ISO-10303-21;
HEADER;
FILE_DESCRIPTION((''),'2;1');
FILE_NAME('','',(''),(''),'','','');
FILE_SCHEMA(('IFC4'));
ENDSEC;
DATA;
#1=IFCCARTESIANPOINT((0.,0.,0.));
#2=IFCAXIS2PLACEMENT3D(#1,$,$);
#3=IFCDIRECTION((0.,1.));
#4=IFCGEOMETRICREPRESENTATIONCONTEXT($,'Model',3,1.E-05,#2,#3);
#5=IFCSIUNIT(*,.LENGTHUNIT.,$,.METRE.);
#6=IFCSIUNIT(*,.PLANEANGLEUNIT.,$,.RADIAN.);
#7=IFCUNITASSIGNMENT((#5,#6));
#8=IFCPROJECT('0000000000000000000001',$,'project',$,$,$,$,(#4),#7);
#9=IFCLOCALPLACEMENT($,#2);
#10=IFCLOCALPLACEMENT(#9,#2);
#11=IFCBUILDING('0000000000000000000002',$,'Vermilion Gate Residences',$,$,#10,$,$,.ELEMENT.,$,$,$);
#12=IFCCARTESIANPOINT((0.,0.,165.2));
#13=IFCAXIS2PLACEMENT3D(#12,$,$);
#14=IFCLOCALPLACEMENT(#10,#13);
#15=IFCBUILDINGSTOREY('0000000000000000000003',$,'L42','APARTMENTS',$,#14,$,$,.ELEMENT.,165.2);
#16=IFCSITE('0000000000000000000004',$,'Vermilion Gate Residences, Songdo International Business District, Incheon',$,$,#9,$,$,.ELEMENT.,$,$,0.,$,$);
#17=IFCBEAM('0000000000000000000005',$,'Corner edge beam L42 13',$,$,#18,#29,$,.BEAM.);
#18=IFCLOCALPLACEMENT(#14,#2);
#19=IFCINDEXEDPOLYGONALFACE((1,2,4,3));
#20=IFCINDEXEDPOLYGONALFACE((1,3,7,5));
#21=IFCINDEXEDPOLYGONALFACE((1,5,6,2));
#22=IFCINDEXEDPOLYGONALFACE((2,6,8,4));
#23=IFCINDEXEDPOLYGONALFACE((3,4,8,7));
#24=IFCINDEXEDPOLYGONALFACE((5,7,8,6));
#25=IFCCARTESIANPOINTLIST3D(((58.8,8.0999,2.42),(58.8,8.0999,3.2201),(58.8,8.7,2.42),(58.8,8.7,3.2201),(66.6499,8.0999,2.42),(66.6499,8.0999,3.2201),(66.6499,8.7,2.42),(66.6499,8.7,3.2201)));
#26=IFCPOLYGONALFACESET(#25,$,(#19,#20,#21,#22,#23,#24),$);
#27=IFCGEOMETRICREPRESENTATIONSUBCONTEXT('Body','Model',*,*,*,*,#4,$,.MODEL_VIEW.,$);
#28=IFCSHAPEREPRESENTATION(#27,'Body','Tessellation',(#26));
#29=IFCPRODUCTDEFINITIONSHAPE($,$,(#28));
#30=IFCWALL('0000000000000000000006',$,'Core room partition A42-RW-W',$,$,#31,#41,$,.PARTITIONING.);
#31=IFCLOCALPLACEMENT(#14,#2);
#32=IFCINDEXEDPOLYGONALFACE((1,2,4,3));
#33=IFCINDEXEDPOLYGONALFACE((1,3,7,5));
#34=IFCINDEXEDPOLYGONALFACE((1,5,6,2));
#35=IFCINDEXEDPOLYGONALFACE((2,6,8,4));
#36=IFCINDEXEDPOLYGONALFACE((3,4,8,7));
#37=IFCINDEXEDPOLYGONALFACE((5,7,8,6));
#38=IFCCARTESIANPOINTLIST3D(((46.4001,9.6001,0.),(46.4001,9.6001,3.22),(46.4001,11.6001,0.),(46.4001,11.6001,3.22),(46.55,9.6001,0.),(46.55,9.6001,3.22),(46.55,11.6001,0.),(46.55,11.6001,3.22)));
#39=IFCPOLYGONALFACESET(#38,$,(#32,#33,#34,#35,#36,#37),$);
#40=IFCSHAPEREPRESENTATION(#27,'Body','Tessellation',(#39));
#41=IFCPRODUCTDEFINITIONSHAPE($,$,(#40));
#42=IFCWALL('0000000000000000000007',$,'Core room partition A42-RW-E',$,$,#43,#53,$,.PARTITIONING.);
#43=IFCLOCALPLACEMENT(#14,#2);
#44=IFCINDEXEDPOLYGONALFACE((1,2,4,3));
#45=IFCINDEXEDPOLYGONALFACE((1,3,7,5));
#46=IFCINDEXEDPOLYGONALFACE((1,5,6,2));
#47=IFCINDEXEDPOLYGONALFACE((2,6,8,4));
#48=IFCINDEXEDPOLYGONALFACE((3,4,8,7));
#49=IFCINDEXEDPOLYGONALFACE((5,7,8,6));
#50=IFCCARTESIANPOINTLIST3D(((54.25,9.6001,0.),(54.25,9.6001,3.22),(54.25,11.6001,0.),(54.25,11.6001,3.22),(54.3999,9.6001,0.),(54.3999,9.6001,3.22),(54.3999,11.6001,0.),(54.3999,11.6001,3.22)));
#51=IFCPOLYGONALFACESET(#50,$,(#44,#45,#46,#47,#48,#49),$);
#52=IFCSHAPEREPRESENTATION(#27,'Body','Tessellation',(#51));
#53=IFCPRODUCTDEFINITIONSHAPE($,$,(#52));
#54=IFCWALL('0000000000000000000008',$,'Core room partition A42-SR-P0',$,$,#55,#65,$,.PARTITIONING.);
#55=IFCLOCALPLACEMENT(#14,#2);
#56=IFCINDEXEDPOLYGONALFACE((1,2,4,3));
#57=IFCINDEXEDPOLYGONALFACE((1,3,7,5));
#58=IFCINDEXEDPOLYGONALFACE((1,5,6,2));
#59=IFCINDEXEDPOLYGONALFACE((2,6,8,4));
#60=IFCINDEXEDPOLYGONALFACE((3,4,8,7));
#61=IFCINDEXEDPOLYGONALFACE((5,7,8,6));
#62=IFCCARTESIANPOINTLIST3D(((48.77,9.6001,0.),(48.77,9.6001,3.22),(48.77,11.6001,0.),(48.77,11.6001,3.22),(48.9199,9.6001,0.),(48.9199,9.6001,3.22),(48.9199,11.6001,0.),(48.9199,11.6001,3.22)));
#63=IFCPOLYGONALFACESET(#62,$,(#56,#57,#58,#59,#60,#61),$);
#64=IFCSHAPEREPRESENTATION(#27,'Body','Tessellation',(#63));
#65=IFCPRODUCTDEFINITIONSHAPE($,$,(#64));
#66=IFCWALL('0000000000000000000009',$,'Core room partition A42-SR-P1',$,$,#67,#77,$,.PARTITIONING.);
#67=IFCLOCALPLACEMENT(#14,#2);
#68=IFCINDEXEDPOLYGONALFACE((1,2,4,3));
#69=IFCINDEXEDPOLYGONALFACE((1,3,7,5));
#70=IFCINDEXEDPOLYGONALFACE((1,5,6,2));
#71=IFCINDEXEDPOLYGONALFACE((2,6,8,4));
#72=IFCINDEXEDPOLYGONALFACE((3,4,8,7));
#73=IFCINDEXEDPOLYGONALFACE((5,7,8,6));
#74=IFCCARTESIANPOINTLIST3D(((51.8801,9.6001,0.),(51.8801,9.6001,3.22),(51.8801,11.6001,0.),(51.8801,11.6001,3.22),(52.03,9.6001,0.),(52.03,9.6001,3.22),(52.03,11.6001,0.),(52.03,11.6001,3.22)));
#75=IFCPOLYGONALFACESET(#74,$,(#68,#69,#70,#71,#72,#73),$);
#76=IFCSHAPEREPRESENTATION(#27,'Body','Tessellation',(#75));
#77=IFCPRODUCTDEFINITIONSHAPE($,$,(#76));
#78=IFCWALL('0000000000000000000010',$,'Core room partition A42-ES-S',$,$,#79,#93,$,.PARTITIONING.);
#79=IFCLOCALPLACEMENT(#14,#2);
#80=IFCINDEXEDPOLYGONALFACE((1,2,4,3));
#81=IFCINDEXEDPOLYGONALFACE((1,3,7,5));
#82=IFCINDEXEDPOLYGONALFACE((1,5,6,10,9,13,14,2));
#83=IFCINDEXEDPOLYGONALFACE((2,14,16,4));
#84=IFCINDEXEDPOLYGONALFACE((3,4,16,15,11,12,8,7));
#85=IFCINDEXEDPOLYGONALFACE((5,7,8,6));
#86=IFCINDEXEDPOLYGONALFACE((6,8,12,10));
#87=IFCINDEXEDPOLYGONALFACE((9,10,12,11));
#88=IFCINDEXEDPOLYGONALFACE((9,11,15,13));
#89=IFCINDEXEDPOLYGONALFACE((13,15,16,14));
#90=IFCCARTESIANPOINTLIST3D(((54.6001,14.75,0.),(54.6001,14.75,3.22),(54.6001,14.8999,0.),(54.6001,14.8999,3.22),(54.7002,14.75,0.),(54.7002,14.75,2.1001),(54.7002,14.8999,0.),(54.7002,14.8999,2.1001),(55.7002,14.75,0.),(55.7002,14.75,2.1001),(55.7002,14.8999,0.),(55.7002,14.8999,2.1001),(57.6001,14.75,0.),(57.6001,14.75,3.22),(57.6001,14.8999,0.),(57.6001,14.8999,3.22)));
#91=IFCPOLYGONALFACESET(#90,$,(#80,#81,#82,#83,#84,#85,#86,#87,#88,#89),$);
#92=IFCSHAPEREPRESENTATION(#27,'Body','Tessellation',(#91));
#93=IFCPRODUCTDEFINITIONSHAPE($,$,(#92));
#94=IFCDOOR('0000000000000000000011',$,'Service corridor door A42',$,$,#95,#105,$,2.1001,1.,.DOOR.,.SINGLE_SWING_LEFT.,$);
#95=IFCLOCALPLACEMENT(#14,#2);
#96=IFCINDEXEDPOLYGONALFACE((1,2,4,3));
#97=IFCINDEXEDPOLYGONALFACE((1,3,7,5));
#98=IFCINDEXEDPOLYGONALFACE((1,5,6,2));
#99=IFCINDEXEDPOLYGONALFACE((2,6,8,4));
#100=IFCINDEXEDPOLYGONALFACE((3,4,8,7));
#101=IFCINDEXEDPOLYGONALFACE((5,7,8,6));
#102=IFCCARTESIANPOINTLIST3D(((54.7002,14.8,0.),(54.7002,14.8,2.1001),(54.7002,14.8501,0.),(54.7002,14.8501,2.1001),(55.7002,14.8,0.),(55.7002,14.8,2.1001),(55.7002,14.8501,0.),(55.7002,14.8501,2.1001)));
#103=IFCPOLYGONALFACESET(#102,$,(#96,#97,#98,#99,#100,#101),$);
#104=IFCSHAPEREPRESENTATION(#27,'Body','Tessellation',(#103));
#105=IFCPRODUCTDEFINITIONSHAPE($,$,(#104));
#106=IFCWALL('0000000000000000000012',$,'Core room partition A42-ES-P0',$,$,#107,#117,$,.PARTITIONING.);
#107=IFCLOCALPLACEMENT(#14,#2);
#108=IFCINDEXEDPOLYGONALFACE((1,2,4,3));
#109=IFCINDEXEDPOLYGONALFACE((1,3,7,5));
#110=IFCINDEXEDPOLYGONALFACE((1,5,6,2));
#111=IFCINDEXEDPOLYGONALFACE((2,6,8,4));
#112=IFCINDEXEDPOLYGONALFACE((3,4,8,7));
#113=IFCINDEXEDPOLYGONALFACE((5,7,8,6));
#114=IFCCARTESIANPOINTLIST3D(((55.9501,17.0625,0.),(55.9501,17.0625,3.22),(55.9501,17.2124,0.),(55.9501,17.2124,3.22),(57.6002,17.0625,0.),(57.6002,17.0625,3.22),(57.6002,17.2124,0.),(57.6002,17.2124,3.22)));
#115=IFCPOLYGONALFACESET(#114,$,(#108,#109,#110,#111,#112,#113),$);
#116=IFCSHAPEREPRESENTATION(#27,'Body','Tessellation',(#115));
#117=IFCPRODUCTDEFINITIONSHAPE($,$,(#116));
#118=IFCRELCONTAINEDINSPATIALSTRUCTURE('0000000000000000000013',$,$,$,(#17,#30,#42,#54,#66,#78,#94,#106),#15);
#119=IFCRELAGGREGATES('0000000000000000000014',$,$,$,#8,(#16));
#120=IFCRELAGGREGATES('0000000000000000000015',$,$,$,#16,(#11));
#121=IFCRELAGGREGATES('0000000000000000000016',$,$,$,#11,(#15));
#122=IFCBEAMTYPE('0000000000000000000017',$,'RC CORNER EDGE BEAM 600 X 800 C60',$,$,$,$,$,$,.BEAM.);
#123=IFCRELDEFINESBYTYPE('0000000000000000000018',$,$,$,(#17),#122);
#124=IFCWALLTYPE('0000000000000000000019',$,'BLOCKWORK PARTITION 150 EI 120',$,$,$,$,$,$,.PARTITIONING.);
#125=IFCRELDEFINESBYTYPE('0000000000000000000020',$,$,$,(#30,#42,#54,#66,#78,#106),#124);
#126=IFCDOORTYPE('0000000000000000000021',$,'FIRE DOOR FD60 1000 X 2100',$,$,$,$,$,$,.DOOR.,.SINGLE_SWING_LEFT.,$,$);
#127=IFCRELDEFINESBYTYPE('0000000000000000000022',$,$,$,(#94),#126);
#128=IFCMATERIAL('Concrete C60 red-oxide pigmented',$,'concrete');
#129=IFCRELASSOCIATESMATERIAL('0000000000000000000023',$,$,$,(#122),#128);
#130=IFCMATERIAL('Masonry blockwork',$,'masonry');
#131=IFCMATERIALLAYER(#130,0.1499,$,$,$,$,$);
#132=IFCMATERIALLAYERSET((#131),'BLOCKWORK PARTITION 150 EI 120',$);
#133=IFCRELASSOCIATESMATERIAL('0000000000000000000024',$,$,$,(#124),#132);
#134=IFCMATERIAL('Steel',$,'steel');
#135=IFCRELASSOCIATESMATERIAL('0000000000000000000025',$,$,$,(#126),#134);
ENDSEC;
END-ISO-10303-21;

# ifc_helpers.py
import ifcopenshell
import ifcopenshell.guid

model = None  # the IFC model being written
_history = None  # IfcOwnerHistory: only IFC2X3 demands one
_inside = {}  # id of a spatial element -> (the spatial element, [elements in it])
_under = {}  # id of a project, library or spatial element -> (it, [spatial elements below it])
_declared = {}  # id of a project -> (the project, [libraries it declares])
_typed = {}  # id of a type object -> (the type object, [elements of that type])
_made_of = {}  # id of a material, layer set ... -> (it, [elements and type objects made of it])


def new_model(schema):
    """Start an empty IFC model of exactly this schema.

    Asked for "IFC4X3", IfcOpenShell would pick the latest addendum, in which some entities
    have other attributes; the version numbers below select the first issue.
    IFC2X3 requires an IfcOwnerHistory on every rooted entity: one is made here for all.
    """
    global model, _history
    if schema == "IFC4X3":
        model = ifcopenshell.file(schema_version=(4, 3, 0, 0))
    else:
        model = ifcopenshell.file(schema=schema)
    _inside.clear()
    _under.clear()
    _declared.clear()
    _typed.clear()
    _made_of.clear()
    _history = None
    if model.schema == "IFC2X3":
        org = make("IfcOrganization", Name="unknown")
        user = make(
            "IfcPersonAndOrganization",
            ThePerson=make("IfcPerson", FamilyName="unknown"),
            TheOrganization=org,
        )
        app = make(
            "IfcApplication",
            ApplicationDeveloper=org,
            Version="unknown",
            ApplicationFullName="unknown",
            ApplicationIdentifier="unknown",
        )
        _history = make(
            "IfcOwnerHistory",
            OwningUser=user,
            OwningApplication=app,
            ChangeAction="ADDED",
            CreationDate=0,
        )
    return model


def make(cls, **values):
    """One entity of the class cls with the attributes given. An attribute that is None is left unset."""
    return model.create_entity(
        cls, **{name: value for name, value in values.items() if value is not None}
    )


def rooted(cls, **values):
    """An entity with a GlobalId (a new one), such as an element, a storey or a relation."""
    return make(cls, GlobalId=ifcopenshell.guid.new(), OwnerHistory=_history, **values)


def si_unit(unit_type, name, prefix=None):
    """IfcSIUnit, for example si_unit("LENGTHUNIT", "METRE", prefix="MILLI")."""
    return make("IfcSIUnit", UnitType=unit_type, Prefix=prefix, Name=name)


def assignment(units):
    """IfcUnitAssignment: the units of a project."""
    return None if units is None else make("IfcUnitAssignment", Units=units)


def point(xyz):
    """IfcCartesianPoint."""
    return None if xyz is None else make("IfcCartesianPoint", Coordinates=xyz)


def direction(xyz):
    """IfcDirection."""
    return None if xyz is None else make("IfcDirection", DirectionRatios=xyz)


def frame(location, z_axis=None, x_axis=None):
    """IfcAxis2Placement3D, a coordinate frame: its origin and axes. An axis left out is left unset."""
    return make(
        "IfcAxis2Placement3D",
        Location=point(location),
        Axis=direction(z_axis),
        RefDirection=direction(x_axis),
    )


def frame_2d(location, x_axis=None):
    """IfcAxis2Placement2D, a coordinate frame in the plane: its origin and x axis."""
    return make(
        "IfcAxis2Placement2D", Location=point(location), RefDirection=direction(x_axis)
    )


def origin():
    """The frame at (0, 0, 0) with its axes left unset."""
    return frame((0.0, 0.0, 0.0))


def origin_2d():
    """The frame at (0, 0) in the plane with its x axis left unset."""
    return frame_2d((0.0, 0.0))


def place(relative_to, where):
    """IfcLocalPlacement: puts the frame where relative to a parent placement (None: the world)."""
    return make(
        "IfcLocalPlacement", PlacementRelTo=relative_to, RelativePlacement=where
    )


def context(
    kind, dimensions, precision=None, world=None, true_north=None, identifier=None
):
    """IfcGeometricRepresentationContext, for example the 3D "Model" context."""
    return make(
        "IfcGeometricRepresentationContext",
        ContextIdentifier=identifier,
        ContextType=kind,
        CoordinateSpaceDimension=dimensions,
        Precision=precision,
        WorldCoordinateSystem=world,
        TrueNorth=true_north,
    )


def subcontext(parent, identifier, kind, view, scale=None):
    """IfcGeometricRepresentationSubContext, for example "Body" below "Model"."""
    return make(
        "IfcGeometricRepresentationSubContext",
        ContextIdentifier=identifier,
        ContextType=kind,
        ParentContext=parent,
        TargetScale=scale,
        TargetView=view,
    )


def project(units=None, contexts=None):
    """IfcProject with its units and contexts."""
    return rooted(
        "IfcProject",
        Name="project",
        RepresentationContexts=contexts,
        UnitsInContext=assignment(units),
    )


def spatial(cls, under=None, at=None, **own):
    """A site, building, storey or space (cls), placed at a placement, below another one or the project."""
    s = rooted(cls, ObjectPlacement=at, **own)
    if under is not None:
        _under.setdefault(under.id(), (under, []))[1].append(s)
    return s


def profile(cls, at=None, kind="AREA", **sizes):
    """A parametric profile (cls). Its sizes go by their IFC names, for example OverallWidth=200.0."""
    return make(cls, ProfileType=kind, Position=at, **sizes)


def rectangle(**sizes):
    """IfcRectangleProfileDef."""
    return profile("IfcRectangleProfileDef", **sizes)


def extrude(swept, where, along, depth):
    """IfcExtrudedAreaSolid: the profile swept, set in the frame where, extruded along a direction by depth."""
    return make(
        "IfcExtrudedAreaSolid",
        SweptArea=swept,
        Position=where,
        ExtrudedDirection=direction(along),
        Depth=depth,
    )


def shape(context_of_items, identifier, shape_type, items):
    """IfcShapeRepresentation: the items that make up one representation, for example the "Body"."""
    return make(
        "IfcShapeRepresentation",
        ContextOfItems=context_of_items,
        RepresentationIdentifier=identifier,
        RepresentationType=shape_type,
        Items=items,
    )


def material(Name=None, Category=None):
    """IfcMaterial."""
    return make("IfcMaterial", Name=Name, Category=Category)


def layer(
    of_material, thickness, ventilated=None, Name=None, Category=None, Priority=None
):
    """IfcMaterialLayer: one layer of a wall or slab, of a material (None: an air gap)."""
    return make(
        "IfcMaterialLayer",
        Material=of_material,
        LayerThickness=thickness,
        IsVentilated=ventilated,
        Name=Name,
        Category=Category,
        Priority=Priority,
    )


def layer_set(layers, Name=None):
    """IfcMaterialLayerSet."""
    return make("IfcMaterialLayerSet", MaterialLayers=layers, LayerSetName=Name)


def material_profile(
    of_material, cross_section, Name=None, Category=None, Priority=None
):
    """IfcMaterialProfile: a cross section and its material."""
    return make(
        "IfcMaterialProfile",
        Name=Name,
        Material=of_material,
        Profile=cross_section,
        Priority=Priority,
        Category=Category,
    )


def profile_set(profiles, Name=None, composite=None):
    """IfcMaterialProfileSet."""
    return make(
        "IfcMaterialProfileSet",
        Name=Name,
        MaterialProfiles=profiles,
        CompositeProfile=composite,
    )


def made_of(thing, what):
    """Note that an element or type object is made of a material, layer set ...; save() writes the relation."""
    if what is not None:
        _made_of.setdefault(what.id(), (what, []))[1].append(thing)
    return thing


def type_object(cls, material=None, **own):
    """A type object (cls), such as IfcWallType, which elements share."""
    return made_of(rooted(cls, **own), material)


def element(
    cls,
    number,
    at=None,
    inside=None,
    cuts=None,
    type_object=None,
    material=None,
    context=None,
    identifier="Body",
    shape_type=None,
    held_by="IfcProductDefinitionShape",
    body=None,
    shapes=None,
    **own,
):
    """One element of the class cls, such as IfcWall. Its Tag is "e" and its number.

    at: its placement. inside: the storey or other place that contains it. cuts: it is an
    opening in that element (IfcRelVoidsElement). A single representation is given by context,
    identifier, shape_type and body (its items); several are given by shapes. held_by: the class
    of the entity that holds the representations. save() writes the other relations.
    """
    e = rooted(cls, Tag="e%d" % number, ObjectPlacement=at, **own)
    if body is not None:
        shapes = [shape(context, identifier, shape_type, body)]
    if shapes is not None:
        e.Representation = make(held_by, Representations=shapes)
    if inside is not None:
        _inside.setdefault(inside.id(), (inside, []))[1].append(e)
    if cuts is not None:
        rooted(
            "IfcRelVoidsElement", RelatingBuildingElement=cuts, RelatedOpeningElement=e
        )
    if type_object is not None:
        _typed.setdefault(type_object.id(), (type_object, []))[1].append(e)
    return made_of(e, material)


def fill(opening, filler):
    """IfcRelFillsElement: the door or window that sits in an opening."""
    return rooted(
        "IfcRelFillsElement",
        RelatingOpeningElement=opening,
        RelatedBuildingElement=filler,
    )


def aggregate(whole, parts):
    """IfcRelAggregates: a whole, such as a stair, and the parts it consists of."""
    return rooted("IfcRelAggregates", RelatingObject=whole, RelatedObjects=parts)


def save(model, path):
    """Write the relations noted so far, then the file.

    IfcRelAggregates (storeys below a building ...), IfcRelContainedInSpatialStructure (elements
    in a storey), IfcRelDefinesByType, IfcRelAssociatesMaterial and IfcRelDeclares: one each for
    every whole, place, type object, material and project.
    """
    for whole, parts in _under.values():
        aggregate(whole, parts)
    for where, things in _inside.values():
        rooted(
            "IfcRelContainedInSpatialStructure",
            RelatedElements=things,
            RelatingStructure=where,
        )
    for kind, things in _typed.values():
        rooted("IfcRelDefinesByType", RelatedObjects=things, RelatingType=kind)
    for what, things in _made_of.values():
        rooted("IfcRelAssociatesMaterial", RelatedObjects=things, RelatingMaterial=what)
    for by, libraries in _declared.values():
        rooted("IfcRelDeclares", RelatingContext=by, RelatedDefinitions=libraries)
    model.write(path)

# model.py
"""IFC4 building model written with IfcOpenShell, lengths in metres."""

from ifc_helpers import new_model, si_unit, direction, frame, frame_2d, origin, origin_2d, place, context, subcontext, project, spatial, rectangle, extrude, material, layer, layer_set, material_profile, profile_set, type_object, element, fill, save


model = new_model("IFC4")

# Units and contexts
model_context = context("Model", 3, precision=1e-05, world=origin(), true_north=direction((0.0, 1.0)))
body_context = subcontext(model_context, "Body", "Model", "MODEL_VIEW")
ifc_project = project(units=[si_unit("LENGTHUNIT", "METRE"), si_unit("PLANEANGLEUNIT", "RADIAN")], contexts=[model_context])

# Site, building, storey
site_placement = place(None, origin())
site = spatial("IfcSite", under=ifc_project, at=site_placement, Name="Vermilion Gate Residences, Songdo International Business District, Incheon", CompositionType="ELEMENT", RefElevation=0.0)
building_placement = place(site_placement, origin())
building = spatial("IfcBuilding", under=site, at=building_placement, Name="Vermilion Gate Residences", CompositionType="ELEMENT")
storey_placement = place(building_placement, frame((0.0, 0.0, 165.2)))
storey = spatial("IfcBuildingStorey", under=building, at=storey_placement, Name="L42", Description="APARTMENTS", CompositionType="ELEMENT", Elevation=165.2)

# Beam
ifc_material_1 = material(Name="Concrete C60 red-oxide pigmented", Category="concrete")
ifc_material_profile = material_profile(ifc_material_1, rectangle(XDim=0.6001, YDim=0.8, at=origin_2d()), Name="RC-600x800")
ifc_profile_set = profile_set([ifc_material_profile], Name="Concrete C60 red-oxide pigmented")
beam_type = type_object("IfcBeamType", Name="RC CORNER EDGE BEAM 600 X 800 C60", PredefinedType="BEAM", material=ifc_profile_set)
beam_placement = place(storey_placement, frame((58.8, 8.3999, 2.8201), z_axis=(1.0, 0.0, 0.0), x_axis=(0.0, 1.0, 0.0)))
element("IfcBeam", 1, at=beam_placement, inside=storey, type_object=beam_type, Name="Corner edge beam L42 13", PredefinedType="BEAM", context=body_context, shape_type="SweptSolid", body=[
    extrude(rectangle(XDim=0.6001, YDim=0.8, at=origin_2d()), origin(), (0.0, 0.0, 1.0), 7.8499),
])

# Walls
ifc_material_2 = material(Name="Masonry blockwork", Category="masonry")
ifc_layer_1 = layer(ifc_material_2, 0.1499)
ifc_layer_set_1 = layer_set([ifc_layer_1], Name="BLOCKWORK PARTITION 150 EI 120")
wall_type_1 = type_object("IfcWallType", Name="BLOCKWORK PARTITION 150 EI 120", PredefinedType="PARTITIONING", material=ifc_layer_set_1)
for number, where, z_axis, x_axis, name in (
    (2, (46.4751, 9.6001, 0.0), (0.0, 0.0, 1.0), (0.0, 1.0, 0.0), "Core room partition A42-RW-W"),
    (3, (54.325, 9.6001, 0.0), (0.0, 0.0, 1.0), (0.0, 1.0, 0.0), "Core room partition A42-RW-E"),
    (4, (48.845, 9.6001, 0.0), (0.0, 0.0, 1.0), (0.0, 1.0, 0.0), "Core room partition A42-SR-P0"),
    (5, (51.9551, 9.6001, 0.0), (0.0, 0.0, 1.0), (0.0, 1.0, 0.0), "Core room partition A42-SR-P1"),
):
    element("IfcWall", number, at=place(storey_placement, frame(where, z_axis=z_axis, x_axis=x_axis)), inside=storey, type_object=wall_type_1, Name=name, PredefinedType="PARTITIONING", context=body_context, shape_type="SweptSolid", body=[
        extrude(rectangle(XDim=2.0, YDim=0.1499, at=frame_2d((1.0, 0.0))), origin(), (0.0, 0.0, 1.0), 3.22),
    ])

# Wall, opening, door
wall_1_placement = place(storey_placement, frame((54.6001, 14.825, 0.0), z_axis=(0.0, 0.0, 1.0), x_axis=(1.0, 0.0, 0.0)))
wall_1 = element("IfcWall", 6, at=wall_1_placement, inside=storey, type_object=wall_type_1, Name="Core room partition A42-ES-S", PredefinedType="PARTITIONING", context=body_context, shape_type="SweptSolid", body=[
    extrude(rectangle(XDim=3.0, YDim=0.1499, at=frame_2d((1.5, 0.0))), origin(), (0.0, 0.0, 1.0), 3.22),
])
opening_1_placement = place(wall_1_placement, frame((0.1001, 0.0, 0.0)))
opening_1 = element("IfcOpeningElement", 7, at=opening_1_placement, cuts=wall_1, PredefinedType="OPENING", context=body_context, shape_type="SweptSolid", body=[
    extrude(rectangle(XDim=1.0, YDim=2.1001, at=frame_2d((0.5, 1.05))), frame((0.0, 0.085, 0.0), z_axis=(0.0, -1.0, 0.0), x_axis=(1.0, 0.0, 0.0)), (0.0, 0.0, 1.0), 0.1699),
])
ifc_material_3 = material(Name="Steel", Category="steel")
door_type_1 = type_object("IfcDoorType", Name="FIRE DOOR FD60 1000 X 2100", OperationType="SINGLE_SWING_LEFT", PredefinedType="DOOR", material=ifc_material_3)
door_1_placement = place(opening_1_placement, frame((1.0, 0.0, 0.0), z_axis=(0.0, 0.0, 1.0), x_axis=(-1.0, 0.0, 0.0)))
door_1 = element("IfcDoor", 8, at=door_1_placement, inside=storey, type_object=door_type_1, Name="Service corridor door A42", OperationType="SINGLE_SWING_LEFT", OverallHeight=2.1001, OverallWidth=1.0, PredefinedType="DOOR", context=body_context, shape_type="SweptSolid", body=[
    extrude(rectangle(XDim=1.0, YDim=2.1001, at=frame_2d((0.5, 1.05))), frame((0.0, 0.0249, 0.0), z_axis=(0.0, -1.0, 0.0), x_axis=(1.0, 0.0, 0.0)), (0.0, 0.0, 1.0), 0.05),
])
fill(opening_1, door_1)

# Wall
wall_2_placement = place(storey_placement, frame((55.95, 17.1375, 0.0), z_axis=(0.0, 0.0, 1.0), x_axis=(1.0, 0.0, 0.0)))
element("IfcWall", 9, at=wall_2_placement, inside=storey, type_object=wall_type_1, Name="Core room partition A42-ES-P0", PredefinedType="PARTITIONING", context=body_context, shape_type="SweptSolid", body=[
    extrude(rectangle(XDim=1.6501, YDim=0.1499, at=frame_2d((0.8252, 0.0))), origin(), (0.0, 0.0, 1.0), 3.22),
])

save(model, "model.ifc")
